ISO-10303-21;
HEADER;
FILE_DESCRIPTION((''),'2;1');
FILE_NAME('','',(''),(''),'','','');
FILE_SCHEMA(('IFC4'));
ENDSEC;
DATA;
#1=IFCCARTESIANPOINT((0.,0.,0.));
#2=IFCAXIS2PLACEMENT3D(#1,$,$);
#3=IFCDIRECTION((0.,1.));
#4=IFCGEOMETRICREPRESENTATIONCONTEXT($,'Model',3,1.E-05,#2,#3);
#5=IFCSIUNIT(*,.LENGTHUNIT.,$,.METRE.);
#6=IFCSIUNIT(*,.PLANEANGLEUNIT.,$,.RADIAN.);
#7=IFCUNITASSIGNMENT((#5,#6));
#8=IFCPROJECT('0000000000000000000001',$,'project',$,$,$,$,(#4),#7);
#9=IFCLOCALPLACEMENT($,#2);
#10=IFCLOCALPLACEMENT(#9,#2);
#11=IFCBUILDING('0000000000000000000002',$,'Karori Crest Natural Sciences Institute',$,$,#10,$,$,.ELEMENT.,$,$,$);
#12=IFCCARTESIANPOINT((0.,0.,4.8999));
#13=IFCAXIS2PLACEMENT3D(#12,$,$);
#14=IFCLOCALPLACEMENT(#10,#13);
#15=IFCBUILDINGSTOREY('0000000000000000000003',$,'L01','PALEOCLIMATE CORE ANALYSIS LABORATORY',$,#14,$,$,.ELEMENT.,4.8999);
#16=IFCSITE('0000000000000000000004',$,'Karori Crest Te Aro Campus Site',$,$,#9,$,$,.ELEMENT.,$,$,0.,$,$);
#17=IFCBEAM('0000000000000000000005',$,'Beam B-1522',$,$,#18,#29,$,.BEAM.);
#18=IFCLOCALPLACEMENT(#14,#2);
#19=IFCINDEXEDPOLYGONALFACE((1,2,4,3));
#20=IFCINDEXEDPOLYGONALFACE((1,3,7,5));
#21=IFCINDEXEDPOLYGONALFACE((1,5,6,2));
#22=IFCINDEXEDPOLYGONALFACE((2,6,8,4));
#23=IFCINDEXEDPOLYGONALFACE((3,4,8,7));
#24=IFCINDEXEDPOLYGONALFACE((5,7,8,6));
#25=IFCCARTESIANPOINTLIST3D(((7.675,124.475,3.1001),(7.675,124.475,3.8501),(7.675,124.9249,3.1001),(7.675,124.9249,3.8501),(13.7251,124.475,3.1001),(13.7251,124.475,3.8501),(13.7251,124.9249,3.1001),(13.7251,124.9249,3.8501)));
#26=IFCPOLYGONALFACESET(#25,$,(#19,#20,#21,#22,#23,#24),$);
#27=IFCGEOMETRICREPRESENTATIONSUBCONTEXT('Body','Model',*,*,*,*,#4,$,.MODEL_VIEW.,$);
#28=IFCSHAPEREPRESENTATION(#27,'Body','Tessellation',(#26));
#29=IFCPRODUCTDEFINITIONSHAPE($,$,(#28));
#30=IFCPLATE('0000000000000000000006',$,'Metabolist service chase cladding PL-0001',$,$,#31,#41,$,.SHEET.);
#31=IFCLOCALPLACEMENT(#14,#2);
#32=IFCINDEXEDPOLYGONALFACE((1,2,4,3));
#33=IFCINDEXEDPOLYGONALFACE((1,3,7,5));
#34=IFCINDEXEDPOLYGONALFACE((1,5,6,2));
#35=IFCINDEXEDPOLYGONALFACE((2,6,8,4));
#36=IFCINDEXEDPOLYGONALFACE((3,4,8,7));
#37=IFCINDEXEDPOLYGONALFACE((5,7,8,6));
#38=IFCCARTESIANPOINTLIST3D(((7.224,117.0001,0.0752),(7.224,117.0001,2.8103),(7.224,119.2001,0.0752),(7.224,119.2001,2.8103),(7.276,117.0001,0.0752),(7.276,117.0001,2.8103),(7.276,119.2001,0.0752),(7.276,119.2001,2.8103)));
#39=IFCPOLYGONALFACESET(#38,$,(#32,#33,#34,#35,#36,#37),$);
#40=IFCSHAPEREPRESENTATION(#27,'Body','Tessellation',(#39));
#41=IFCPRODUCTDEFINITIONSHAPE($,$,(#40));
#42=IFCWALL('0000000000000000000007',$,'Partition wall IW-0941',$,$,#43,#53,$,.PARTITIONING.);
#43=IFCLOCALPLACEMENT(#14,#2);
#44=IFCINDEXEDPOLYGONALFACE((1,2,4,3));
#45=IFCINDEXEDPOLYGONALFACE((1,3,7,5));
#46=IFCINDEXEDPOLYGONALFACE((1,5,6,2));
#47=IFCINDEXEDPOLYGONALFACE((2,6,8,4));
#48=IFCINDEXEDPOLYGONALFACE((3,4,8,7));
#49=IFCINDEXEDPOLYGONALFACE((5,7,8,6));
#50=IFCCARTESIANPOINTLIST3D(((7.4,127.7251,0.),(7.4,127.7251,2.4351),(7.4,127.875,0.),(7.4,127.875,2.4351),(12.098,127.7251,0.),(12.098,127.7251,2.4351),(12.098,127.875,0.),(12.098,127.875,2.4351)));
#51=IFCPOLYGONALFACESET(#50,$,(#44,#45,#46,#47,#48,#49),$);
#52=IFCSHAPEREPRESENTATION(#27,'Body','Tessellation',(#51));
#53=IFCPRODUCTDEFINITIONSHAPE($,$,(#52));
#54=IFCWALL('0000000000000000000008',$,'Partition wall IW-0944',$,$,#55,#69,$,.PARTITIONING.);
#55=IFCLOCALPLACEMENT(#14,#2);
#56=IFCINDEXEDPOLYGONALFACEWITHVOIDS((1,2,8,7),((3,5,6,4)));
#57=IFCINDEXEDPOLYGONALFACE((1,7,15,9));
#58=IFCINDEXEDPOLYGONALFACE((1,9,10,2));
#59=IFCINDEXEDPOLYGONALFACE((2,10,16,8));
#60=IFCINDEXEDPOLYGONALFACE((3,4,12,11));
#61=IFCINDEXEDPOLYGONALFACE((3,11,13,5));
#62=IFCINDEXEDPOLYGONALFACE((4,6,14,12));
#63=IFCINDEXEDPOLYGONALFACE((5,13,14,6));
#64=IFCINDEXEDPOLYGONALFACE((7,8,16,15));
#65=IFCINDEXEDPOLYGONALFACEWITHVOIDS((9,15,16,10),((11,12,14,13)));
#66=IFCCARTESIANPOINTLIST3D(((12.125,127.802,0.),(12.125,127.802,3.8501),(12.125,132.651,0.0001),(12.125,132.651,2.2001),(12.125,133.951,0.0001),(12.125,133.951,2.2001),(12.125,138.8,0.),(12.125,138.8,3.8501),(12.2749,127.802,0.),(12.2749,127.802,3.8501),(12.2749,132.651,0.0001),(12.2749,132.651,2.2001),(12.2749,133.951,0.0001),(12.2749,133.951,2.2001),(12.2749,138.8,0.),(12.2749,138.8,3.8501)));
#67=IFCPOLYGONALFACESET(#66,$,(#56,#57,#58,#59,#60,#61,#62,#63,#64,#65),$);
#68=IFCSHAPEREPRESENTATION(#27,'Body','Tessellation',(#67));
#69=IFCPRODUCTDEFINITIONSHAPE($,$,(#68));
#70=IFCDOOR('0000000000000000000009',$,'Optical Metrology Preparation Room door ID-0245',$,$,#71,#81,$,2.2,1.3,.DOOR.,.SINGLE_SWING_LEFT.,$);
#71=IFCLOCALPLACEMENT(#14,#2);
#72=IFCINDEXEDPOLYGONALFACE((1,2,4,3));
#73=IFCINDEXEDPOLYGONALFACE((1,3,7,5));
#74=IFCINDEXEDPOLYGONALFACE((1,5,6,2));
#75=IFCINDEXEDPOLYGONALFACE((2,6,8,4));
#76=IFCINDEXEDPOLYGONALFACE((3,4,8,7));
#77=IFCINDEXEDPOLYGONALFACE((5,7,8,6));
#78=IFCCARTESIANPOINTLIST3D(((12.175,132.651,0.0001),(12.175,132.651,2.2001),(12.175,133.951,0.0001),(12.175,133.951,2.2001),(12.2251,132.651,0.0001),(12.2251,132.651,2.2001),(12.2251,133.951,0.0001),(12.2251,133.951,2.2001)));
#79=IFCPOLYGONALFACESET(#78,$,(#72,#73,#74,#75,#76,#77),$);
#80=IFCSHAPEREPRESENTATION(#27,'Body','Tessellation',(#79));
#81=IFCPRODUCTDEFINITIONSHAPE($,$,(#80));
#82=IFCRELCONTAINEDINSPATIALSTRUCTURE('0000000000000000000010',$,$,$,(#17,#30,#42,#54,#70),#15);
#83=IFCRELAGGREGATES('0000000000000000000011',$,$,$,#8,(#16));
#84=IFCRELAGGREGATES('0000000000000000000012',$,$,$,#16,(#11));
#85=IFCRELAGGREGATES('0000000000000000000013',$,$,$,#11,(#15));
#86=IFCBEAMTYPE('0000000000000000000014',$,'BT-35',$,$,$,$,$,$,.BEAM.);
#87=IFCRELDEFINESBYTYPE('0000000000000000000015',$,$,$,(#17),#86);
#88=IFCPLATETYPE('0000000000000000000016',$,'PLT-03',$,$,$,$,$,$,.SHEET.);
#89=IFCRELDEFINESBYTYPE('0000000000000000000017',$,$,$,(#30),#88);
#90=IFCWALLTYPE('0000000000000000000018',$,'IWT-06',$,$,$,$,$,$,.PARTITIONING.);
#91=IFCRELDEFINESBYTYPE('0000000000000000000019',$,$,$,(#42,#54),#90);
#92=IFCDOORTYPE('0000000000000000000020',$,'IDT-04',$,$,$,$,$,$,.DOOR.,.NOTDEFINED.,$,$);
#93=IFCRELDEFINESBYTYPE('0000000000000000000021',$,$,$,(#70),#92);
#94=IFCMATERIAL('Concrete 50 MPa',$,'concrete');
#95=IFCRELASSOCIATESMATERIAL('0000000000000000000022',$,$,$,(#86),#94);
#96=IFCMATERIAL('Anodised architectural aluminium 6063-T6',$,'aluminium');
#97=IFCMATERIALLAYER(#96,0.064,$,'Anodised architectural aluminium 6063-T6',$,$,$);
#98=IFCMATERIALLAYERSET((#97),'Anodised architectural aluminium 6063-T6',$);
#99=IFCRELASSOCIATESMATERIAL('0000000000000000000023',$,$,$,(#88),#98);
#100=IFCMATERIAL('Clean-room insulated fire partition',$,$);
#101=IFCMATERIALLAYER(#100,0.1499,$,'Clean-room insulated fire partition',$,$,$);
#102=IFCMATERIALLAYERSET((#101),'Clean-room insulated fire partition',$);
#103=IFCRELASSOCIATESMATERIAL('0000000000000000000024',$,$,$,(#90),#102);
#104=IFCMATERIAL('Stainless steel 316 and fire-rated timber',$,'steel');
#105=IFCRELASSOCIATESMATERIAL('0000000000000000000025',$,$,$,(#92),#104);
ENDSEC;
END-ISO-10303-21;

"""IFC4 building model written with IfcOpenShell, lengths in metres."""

from ifc_helpers import new_model, si_unit, direction, frame, frame_2d, origin, origin_2d, place, context, subcontext, project, spatial, rectangle, extrude, material, layer, layer_set, material_profile, profile_set, type_object, element, fill, save


model = new_model("IFC4")

# Units and contexts
model_context = context("Model", 3, precision=1e-05, world=origin(), true_north=direction((0.0, 1.0)))
body_context = subcontext(model_context, "Body", "Model", "MODEL_VIEW")
ifc_project = project(units=[si_unit("LENGTHUNIT", "METRE"), si_unit("PLANEANGLEUNIT", "RADIAN")], contexts=[model_context])

# Site, building, storey
site_placement = place(None, origin())
site = spatial("IfcSite", under=ifc_project, at=site_placement, Name="Karori Crest Te Aro Campus Site", CompositionType="ELEMENT", RefElevation=0.0)
building_placement = place(site_placement, origin())
building = spatial("IfcBuilding", under=site, at=building_placement, Name="Karori Crest Natural Sciences Institute", CompositionType="ELEMENT")
storey_placement = place(building_placement, frame((0.0, 0.0, 4.8999)))
storey = spatial("IfcBuildingStorey", under=building, at=storey_placement, Name="L01", Description="PALEOCLIMATE CORE ANALYSIS LABORATORY", CompositionType="ELEMENT", Elevation=4.8999)

# Shared definitions
ifc_material_1 = material(Name="Concrete 50 MPa", Category="concrete")

# Beam
ifc_material_profile_1 = material_profile(ifc_material_1, rectangle(XDim=0.45, YDim=0.75, at=origin_2d()), Name="RCB450x750")
ifc_profile_set_1 = profile_set([ifc_material_profile_1], Name="Concrete 50 MPa")
beam_type_1 = type_object("IfcBeamType", Name="BT-35", PredefinedType="BEAM", material=ifc_profile_set_1)
for number, where, z_axis, x_axis, name in (
    (1, (7.675, 124.7, 3.4751), (1.0, 0.0, 0.0), (0.0, 1.0, 0.0), "Beam B-1522"),
):
    element("IfcBeam", number, at=place(storey_placement, frame(where, z_axis=z_axis, x_axis=x_axis)), inside=storey, type_object=beam_type_1, Name=name, PredefinedType="BEAM", context=body_context, shape_type="SweptSolid", body=[
        extrude(rectangle(XDim=0.45, YDim=0.75, at=origin_2d()), origin(), (0.0, 0.0, 1.0), 6.05),
    ])

# Plate
ifc_material_2 = material(Name="Anodised architectural aluminium 6063-T6", Category="aluminium")
ifc_layer_1 = layer(ifc_material_2, 0.064, Name="Anodised architectural aluminium 6063-T6")
ifc_layer_set_1 = layer_set([ifc_layer_1], Name="Anodised architectural aluminium 6063-T6")
plate_type = type_object("IfcPlateType", Name="PLT-03", PredefinedType="SHEET", material=ifc_layer_set_1)
plate_placement = place(storey_placement, frame((7.25, 118.1001, 0.0752), z_axis=(0.0, 0.0, 1.0), x_axis=(1.0, 0.0, 0.0)))
element("IfcPlate", 2, at=plate_placement, inside=storey, type_object=plate_type, Name="Metabolist service chase cladding PL-0001", PredefinedType="SHEET", context=body_context, shape_type="SweptSolid", body=[
    extrude(rectangle(XDim=0.052, YDim=2.2, at=origin_2d()), origin(), (0.0, 0.0, 1.0), 2.7351),
])

# Wall
ifc_material_3 = material(Name="Clean-room insulated fire partition")
ifc_layer_2 = layer(ifc_material_3, 0.1499, Name="Clean-room insulated fire partition")
ifc_layer_set_2 = layer_set([ifc_layer_2], Name="Clean-room insulated fire partition")
wall_type = type_object("IfcWallType", Name="IWT-06", PredefinedType="PARTITIONING", material=ifc_layer_set_2)
wall_1_placement = place(storey_placement, frame((7.3999, 127.8, 0.0), z_axis=(0.0, 0.0, 1.0), x_axis=(1.0, 0.0, 0.0)))
element("IfcWall", 3, at=wall_1_placement, inside=storey, type_object=wall_type, Name="Partition wall IW-0941", PredefinedType="PARTITIONING", context=body_context, shape_type="SweptSolid", body=[
    extrude(rectangle(XDim=4.698, YDim=0.1499, at=frame_2d((2.3491, 0.0))), origin(), (0.0, 0.0, 1.0), 2.4351),
])

# Wall, opening, door
wall_2_placement = place(storey_placement, frame((12.2, 127.802, 0.0), z_axis=(0.0, 0.0, 1.0), x_axis=(0.0, 1.0, 0.0)))
wall_2 = element("IfcWall", 4, at=wall_2_placement, inside=storey, type_object=wall_type, Name="Partition wall IW-0944", PredefinedType="PARTITIONING", context=body_context, shape_type="SweptSolid", body=[
    extrude(rectangle(XDim=10.998, YDim=0.1499, at=frame_2d((5.499, 0.0))), origin(), (0.0, 0.0, 1.0), 3.8501),
])
opening_placement = place(wall_2_placement, frame((4.8491, 0.0, 0.0)))
opening = element("IfcOpeningElement", 5, at=opening_placement, cuts=wall_2, PredefinedType="OPENING", context=body_context, shape_type="SweptSolid", body=[
    extrude(rectangle(XDim=1.3, YDim=2.2, at=frame_2d((0.6499, 1.1001))), frame((0.0, 0.085, 0.0), z_axis=(0.0, -1.0, 0.0), x_axis=(1.0, 0.0, 0.0)), (0.0, 0.0, 1.0), 0.1699),
])
ifc_material_4 = material(Name="Stainless steel 316 and fire-rated timber", Category="steel")
door_type = type_object("IfcDoorType", Name="IDT-04", OperationType="NOTDEFINED", PredefinedType="DOOR", material=ifc_material_4)
door_placement = place(opening_placement, origin())
door = element("IfcDoor", 6, at=door_placement, inside=storey, type_object=door_type, Name="Optical Metrology Preparation Room door ID-0245", OperationType="SINGLE_SWING_LEFT", OverallHeight=2.2, OverallWidth=1.3, PredefinedType="DOOR", context=body_context, shape_type="SweptSolid", body=[
    extrude(rectangle(XDim=1.3, YDim=2.2, at=frame_2d((0.6499, 1.1001))), frame((0.0, 0.0249, 0.0), z_axis=(0.0, -1.0, 0.0), x_axis=(1.0, 0.0, 0.0)), (0.0, 0.0, 1.0), 0.05),
])
fill(opening, door)

save(model, "model.ifc")
